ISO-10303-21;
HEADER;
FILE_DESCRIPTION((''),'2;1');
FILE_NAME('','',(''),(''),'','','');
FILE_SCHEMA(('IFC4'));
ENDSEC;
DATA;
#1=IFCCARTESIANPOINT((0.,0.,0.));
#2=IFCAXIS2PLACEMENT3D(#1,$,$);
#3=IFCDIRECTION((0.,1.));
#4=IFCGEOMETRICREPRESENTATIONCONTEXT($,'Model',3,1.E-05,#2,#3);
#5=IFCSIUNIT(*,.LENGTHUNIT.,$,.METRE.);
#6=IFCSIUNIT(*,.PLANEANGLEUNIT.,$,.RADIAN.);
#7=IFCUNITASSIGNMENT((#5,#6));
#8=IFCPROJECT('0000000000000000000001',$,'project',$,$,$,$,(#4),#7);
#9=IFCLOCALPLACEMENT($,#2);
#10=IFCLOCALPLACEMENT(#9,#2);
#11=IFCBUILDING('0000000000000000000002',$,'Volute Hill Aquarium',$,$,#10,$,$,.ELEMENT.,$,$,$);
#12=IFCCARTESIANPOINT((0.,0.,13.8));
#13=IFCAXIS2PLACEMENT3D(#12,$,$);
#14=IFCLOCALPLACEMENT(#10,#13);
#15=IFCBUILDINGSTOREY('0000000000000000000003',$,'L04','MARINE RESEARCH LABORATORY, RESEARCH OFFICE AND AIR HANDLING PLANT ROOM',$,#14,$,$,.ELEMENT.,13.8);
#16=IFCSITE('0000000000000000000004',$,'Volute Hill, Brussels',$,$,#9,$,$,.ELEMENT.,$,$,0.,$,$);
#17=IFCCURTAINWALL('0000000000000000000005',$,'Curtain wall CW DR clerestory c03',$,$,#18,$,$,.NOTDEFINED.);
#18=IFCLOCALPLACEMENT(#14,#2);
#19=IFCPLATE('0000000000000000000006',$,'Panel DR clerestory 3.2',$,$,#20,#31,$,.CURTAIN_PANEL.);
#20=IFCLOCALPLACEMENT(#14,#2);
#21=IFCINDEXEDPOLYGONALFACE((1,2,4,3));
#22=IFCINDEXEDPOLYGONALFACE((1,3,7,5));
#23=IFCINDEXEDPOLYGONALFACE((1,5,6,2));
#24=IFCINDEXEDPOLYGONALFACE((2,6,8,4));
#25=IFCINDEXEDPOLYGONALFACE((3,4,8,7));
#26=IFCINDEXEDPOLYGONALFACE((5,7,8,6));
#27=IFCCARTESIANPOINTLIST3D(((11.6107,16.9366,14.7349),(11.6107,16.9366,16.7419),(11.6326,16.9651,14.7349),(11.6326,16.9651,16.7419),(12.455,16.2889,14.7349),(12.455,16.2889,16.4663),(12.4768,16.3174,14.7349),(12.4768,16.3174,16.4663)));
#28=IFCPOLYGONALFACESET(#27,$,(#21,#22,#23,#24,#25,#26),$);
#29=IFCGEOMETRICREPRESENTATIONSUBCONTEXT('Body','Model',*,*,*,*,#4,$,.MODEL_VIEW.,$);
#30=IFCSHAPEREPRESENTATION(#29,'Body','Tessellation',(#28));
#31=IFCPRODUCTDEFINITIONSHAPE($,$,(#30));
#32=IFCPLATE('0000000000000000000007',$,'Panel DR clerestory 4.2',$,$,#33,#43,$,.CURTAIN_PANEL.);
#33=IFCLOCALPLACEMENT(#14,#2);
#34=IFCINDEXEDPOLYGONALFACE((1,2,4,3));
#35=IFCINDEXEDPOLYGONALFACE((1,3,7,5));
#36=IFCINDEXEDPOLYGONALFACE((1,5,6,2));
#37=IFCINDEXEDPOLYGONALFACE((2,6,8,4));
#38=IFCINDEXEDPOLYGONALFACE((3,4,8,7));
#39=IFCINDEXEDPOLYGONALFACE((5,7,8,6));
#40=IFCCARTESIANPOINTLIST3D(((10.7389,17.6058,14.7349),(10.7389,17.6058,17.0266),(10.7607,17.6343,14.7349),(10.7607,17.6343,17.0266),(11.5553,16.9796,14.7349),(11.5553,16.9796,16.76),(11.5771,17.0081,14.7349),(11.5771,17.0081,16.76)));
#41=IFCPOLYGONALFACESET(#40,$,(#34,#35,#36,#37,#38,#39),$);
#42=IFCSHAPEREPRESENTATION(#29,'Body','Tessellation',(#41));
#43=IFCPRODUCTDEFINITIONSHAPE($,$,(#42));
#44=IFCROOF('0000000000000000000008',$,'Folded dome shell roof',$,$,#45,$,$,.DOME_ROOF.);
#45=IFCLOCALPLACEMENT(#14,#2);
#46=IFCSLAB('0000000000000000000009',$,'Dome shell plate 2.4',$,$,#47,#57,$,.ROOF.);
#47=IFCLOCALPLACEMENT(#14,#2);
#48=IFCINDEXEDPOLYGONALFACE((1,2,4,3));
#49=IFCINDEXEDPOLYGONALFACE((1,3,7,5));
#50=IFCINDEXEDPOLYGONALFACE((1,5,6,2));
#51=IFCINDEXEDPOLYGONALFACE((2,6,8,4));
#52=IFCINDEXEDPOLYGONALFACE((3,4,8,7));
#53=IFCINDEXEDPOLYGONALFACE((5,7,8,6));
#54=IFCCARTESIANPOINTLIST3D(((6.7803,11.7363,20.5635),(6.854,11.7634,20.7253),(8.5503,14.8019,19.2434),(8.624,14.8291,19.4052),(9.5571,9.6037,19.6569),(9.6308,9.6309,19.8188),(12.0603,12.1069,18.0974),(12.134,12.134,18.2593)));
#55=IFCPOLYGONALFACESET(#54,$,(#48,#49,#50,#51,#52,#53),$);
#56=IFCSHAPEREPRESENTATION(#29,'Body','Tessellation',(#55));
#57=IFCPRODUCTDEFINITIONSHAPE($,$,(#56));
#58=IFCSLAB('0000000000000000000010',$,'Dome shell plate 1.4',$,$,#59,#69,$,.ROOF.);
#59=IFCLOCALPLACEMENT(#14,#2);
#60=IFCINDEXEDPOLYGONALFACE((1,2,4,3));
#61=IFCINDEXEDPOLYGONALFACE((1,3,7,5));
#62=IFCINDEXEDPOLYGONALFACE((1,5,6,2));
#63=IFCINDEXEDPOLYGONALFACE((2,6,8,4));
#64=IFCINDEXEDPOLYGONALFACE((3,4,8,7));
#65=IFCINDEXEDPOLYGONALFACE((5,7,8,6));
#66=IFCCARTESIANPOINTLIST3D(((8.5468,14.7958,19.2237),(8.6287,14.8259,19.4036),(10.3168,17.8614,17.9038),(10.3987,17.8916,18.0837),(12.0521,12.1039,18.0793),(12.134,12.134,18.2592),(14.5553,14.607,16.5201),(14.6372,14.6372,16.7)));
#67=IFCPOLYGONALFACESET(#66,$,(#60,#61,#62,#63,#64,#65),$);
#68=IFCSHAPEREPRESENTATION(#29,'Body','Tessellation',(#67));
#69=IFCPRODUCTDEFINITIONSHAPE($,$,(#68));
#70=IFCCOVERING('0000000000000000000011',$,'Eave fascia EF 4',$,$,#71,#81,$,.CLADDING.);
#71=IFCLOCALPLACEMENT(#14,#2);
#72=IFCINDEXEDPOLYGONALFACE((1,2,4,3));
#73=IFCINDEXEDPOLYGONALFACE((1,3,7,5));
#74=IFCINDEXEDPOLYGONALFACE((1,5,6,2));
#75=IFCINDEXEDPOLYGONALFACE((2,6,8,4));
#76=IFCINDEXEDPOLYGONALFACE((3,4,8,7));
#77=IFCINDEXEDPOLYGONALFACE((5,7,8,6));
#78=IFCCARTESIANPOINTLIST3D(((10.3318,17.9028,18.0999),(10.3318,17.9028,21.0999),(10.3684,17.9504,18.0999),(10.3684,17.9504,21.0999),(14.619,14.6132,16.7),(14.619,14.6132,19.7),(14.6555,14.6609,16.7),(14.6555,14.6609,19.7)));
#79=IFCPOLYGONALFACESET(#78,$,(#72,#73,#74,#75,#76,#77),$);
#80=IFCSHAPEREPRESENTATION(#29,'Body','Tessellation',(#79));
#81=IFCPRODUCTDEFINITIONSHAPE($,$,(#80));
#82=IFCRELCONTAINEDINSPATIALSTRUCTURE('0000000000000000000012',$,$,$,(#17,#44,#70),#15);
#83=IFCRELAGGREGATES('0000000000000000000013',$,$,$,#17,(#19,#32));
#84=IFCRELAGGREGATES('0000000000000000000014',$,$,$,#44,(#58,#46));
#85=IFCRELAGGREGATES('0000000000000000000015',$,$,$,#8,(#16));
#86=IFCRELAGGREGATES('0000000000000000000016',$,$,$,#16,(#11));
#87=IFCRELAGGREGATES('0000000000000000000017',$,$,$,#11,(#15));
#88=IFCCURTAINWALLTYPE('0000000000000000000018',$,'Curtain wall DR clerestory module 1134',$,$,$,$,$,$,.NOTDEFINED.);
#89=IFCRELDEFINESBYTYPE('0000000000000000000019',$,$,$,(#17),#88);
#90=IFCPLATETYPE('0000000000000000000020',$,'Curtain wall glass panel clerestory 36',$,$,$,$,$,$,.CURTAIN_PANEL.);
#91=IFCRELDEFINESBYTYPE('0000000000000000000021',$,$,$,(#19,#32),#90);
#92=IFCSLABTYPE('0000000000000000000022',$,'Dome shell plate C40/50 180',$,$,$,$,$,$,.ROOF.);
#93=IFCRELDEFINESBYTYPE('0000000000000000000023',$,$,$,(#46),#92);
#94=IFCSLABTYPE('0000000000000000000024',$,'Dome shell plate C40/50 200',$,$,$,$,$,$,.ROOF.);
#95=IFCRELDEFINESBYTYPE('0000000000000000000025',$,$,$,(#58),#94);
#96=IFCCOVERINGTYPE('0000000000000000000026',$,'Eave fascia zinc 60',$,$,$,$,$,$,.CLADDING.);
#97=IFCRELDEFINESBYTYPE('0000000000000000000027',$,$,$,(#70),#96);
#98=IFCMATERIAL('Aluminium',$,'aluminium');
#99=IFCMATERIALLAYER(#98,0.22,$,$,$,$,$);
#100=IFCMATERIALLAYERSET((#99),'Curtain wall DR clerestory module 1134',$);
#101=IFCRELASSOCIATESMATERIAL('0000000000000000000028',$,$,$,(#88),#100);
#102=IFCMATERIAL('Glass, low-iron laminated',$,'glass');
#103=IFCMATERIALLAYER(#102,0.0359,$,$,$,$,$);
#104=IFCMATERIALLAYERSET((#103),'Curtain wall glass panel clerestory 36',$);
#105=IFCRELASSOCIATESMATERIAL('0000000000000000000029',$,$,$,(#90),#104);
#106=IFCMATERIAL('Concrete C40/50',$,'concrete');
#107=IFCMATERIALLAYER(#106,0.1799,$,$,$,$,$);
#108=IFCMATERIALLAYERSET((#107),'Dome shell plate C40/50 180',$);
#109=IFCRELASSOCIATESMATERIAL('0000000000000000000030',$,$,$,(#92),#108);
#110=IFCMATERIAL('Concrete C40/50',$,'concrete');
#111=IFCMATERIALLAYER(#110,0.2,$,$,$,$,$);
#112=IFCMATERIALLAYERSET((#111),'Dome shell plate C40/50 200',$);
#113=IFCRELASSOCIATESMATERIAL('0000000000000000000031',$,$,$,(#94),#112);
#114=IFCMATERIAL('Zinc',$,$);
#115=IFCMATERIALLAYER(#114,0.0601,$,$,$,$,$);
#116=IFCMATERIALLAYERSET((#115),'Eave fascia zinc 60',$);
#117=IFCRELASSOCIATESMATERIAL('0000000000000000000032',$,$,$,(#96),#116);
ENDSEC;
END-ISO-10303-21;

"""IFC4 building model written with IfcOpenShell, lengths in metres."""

from ifc_helpers import new_model, si_unit, direction, frame, origin, place, context, subcontext, project, spatial, polyline, outline, extrude, material, layer, layer_set, type_object, element, aggregate, save


model = new_model("IFC4")

# Units and contexts
model_context = context("Model", 3, precision=1e-05, world=origin(), true_north=direction((0.0, 1.0)))
body_context = subcontext(model_context, "Body", "Model", "MODEL_VIEW")
ifc_project = project(units=[si_unit("LENGTHUNIT", "METRE"), si_unit("PLANEANGLEUNIT", "RADIAN")], contexts=[model_context])

# Site, building, storey
site_placement = place(None, origin())
site = spatial("IfcSite", under=ifc_project, at=site_placement, Name="Volute Hill, Brussels", CompositionType="ELEMENT", RefElevation=0.0)
building_placement = place(site_placement, origin())
building = spatial("IfcBuilding", under=site, at=building_placement, Name="Volute Hill Aquarium", CompositionType="ELEMENT")
storey_placement = place(building_placement, frame((0.0, 0.0, 13.8)))
storey = spatial("IfcBuildingStorey", under=building, at=storey_placement, Name="L04", Description="MARINE RESEARCH LABORATORY, RESEARCH OFFICE AND AIR HANDLING PLANT ROOM", CompositionType="ELEMENT", Elevation=13.8)

# Curtain wall
ifc_material_1 = material(Name="Aluminium", Category="aluminium")
ifc_layer_1 = layer(ifc_material_1, 0.22)
ifc_layer_set_1 = layer_set([ifc_layer_1], Name="Curtain wall DR clerestory module 1134")
curtain_wall_type = type_object("IfcCurtainWallType", Name="Curtain wall DR clerestory module 1134", PredefinedType="NOTDEFINED", material=ifc_layer_set_1)
curtain_wall_1_placement = place(storey_placement, origin())
curtain_wall_1 = element("IfcCurtainWall", 1, at=curtain_wall_1_placement, inside=storey, type_object=curtain_wall_type, Name="Curtain wall CW DR clerestory c03", PredefinedType="NOTDEFINED")

# Plates
ifc_material_2 = material(Name="Glass, low-iron laminated", Category="glass")
ifc_layer_2 = layer(ifc_material_2, 0.0359)
ifc_layer_set_2 = layer_set([ifc_layer_2], Name="Curtain wall glass panel clerestory 36")
plate_type = type_object("IfcPlateType", Name="Curtain wall glass panel clerestory 36", PredefinedType="CURTAIN_PANEL", material=ifc_layer_set_2)
plate_1_placement = place(storey_placement, frame((12.4768, 16.3174, 14.7349), z_axis=(0.608701, 0.7934, 0.0), x_axis=(-0.7934, 0.608701, 0.0)))
plate_1 = element("IfcPlate", 2, at=plate_1_placement, type_object=plate_type, Name="Panel DR clerestory 3.2", PredefinedType="CURTAIN_PANEL", context=body_context, shape_type="SweptSolid", body=[
    extrude(outline(polyline([(0.0, 0.0), (1.0641, 0.0), (1.0641, 2.0071), (0.0, 1.7314), (0.0, 0.0)])), origin(), (0.0, 0.0, -1.0), 0.0359),
])
plate_2_placement = place(storey_placement, frame((11.5771, 17.0081, 14.7349), z_axis=(0.608621, 0.793461, 0.0), x_axis=(-0.793461, 0.608621, 0.0)))
plate_2 = element("IfcPlate", 3, at=plate_2_placement, type_object=plate_type, Name="Panel DR clerestory 4.2", PredefinedType="CURTAIN_PANEL", context=body_context, shape_type="SweptSolid", body=[
    extrude(outline(polyline([(0.0, 0.0), (1.0289, 0.0), (1.0289, 2.2917), (0.0, 2.0251), (0.0, 0.0)])), origin(), (0.0, 0.0, -1.0), 0.0359),
])
aggregate(curtain_wall_1, [plate_1, plate_2])

# Roof, slabs
roof_placement = place(storey_placement, origin())
roof = element("IfcRoof", 4, at=roof_placement, inside=storey, Name="Folded dome shell roof", PredefinedType="DOME_ROOF")
ifc_material_3 = material(Name="Concrete C40/50", Category="concrete")
ifc_layer_3 = layer(ifc_material_3, 0.1799)
ifc_layer_set_3 = layer_set([ifc_layer_3], Name="Dome shell plate C40/50 180")
slab_type_1 = type_object("IfcSlabType", Name="Dome shell plate C40/50 180", PredefinedType="ROOF", material=ifc_layer_set_3)
slab_1_placement = place(storey_placement, frame((12.134, 12.134, 18.2593), z_axis=(0.409612, 0.150917, 0.89969), x_axis=(-0.767837, 0.589561, 0.250687)))
slab_1 = element("IfcSlab", 5, at=slab_1_placement, type_object=slab_type_1, Name="Dome shell plate 2.4", PredefinedType="ROOF", context=body_context, shape_type="SweptSolid", body=[
    extrude(outline(polyline([(0.0, 0.0), (4.5713, 0.0), (4.4539, 3.7763), (0.8372, 3.7766), (0.0, 0.0)])), origin(), (0.0, 0.0, -1.0), 0.1799),
])
ifc_material_4 = material(Name="Concrete C40/50", Category="concrete")
ifc_layer_4 = layer(ifc_material_4, 0.2)
ifc_layer_set_4 = layer_set([ifc_layer_4], Name="Dome shell plate C40/50 200")
slab_type_2 = type_object("IfcSlabType", Name="Dome shell plate C40/50 200", PredefinedType="ROOF", material=ifc_layer_set_4)
slab_2_placement = place(storey_placement, frame((14.6372, 14.6372, 16.7), z_axis=(0.409575, 0.150878, 0.899713), x_axis=(-0.767843, 0.589557, 0.250678)))
slab_2 = element("IfcSlab", 6, at=slab_2_placement, type_object=slab_type_2, Name="Dome shell plate 1.4", PredefinedType="ROOF", context=body_context, shape_type="SweptSolid", body=[
    extrude(outline(polyline([(0.0, 0.0), (5.5201, 0.0), (5.4026, 3.7762), (0.8372, 3.7766), (0.0, 0.0)])), origin(), (0.0, 0.0, -1.0), 0.2),
])
aggregate(roof, [slab_2, slab_1])

# Covering
ifc_material_5 = material(Name="Zinc")
ifc_layer_5 = layer(ifc_material_5, 0.0601)
ifc_layer_set_5 = layer_set([ifc_layer_5], Name="Eave fascia zinc 60")
covering_type = type_object("IfcCoveringType", Name="Eave fascia zinc 60", PredefinedType="CLADDING", material=ifc_layer_set_5)
covering_placement = place(storey_placement, frame((14.6555, 14.6609, 16.7), z_axis=(0.608754, 0.793359, 0.0), x_axis=(-0.768006, 0.5893, 0.250783)))
element("IfcCovering", 7, at=covering_placement, inside=storey, type_object=covering_type, Name="Eave fascia EF 4", PredefinedType="CLADDING", context=body_context, shape_type="SweptSolid", body=[
    extrude(outline(polyline([(0.0, 0.0), (5.5821, 0.0), (6.3345, 2.9041), (0.7523, 2.9041), (0.0, 0.0)])), origin(), (0.0, 0.0, -1.0), 0.0601),
])

save(model, "model.ifc")
